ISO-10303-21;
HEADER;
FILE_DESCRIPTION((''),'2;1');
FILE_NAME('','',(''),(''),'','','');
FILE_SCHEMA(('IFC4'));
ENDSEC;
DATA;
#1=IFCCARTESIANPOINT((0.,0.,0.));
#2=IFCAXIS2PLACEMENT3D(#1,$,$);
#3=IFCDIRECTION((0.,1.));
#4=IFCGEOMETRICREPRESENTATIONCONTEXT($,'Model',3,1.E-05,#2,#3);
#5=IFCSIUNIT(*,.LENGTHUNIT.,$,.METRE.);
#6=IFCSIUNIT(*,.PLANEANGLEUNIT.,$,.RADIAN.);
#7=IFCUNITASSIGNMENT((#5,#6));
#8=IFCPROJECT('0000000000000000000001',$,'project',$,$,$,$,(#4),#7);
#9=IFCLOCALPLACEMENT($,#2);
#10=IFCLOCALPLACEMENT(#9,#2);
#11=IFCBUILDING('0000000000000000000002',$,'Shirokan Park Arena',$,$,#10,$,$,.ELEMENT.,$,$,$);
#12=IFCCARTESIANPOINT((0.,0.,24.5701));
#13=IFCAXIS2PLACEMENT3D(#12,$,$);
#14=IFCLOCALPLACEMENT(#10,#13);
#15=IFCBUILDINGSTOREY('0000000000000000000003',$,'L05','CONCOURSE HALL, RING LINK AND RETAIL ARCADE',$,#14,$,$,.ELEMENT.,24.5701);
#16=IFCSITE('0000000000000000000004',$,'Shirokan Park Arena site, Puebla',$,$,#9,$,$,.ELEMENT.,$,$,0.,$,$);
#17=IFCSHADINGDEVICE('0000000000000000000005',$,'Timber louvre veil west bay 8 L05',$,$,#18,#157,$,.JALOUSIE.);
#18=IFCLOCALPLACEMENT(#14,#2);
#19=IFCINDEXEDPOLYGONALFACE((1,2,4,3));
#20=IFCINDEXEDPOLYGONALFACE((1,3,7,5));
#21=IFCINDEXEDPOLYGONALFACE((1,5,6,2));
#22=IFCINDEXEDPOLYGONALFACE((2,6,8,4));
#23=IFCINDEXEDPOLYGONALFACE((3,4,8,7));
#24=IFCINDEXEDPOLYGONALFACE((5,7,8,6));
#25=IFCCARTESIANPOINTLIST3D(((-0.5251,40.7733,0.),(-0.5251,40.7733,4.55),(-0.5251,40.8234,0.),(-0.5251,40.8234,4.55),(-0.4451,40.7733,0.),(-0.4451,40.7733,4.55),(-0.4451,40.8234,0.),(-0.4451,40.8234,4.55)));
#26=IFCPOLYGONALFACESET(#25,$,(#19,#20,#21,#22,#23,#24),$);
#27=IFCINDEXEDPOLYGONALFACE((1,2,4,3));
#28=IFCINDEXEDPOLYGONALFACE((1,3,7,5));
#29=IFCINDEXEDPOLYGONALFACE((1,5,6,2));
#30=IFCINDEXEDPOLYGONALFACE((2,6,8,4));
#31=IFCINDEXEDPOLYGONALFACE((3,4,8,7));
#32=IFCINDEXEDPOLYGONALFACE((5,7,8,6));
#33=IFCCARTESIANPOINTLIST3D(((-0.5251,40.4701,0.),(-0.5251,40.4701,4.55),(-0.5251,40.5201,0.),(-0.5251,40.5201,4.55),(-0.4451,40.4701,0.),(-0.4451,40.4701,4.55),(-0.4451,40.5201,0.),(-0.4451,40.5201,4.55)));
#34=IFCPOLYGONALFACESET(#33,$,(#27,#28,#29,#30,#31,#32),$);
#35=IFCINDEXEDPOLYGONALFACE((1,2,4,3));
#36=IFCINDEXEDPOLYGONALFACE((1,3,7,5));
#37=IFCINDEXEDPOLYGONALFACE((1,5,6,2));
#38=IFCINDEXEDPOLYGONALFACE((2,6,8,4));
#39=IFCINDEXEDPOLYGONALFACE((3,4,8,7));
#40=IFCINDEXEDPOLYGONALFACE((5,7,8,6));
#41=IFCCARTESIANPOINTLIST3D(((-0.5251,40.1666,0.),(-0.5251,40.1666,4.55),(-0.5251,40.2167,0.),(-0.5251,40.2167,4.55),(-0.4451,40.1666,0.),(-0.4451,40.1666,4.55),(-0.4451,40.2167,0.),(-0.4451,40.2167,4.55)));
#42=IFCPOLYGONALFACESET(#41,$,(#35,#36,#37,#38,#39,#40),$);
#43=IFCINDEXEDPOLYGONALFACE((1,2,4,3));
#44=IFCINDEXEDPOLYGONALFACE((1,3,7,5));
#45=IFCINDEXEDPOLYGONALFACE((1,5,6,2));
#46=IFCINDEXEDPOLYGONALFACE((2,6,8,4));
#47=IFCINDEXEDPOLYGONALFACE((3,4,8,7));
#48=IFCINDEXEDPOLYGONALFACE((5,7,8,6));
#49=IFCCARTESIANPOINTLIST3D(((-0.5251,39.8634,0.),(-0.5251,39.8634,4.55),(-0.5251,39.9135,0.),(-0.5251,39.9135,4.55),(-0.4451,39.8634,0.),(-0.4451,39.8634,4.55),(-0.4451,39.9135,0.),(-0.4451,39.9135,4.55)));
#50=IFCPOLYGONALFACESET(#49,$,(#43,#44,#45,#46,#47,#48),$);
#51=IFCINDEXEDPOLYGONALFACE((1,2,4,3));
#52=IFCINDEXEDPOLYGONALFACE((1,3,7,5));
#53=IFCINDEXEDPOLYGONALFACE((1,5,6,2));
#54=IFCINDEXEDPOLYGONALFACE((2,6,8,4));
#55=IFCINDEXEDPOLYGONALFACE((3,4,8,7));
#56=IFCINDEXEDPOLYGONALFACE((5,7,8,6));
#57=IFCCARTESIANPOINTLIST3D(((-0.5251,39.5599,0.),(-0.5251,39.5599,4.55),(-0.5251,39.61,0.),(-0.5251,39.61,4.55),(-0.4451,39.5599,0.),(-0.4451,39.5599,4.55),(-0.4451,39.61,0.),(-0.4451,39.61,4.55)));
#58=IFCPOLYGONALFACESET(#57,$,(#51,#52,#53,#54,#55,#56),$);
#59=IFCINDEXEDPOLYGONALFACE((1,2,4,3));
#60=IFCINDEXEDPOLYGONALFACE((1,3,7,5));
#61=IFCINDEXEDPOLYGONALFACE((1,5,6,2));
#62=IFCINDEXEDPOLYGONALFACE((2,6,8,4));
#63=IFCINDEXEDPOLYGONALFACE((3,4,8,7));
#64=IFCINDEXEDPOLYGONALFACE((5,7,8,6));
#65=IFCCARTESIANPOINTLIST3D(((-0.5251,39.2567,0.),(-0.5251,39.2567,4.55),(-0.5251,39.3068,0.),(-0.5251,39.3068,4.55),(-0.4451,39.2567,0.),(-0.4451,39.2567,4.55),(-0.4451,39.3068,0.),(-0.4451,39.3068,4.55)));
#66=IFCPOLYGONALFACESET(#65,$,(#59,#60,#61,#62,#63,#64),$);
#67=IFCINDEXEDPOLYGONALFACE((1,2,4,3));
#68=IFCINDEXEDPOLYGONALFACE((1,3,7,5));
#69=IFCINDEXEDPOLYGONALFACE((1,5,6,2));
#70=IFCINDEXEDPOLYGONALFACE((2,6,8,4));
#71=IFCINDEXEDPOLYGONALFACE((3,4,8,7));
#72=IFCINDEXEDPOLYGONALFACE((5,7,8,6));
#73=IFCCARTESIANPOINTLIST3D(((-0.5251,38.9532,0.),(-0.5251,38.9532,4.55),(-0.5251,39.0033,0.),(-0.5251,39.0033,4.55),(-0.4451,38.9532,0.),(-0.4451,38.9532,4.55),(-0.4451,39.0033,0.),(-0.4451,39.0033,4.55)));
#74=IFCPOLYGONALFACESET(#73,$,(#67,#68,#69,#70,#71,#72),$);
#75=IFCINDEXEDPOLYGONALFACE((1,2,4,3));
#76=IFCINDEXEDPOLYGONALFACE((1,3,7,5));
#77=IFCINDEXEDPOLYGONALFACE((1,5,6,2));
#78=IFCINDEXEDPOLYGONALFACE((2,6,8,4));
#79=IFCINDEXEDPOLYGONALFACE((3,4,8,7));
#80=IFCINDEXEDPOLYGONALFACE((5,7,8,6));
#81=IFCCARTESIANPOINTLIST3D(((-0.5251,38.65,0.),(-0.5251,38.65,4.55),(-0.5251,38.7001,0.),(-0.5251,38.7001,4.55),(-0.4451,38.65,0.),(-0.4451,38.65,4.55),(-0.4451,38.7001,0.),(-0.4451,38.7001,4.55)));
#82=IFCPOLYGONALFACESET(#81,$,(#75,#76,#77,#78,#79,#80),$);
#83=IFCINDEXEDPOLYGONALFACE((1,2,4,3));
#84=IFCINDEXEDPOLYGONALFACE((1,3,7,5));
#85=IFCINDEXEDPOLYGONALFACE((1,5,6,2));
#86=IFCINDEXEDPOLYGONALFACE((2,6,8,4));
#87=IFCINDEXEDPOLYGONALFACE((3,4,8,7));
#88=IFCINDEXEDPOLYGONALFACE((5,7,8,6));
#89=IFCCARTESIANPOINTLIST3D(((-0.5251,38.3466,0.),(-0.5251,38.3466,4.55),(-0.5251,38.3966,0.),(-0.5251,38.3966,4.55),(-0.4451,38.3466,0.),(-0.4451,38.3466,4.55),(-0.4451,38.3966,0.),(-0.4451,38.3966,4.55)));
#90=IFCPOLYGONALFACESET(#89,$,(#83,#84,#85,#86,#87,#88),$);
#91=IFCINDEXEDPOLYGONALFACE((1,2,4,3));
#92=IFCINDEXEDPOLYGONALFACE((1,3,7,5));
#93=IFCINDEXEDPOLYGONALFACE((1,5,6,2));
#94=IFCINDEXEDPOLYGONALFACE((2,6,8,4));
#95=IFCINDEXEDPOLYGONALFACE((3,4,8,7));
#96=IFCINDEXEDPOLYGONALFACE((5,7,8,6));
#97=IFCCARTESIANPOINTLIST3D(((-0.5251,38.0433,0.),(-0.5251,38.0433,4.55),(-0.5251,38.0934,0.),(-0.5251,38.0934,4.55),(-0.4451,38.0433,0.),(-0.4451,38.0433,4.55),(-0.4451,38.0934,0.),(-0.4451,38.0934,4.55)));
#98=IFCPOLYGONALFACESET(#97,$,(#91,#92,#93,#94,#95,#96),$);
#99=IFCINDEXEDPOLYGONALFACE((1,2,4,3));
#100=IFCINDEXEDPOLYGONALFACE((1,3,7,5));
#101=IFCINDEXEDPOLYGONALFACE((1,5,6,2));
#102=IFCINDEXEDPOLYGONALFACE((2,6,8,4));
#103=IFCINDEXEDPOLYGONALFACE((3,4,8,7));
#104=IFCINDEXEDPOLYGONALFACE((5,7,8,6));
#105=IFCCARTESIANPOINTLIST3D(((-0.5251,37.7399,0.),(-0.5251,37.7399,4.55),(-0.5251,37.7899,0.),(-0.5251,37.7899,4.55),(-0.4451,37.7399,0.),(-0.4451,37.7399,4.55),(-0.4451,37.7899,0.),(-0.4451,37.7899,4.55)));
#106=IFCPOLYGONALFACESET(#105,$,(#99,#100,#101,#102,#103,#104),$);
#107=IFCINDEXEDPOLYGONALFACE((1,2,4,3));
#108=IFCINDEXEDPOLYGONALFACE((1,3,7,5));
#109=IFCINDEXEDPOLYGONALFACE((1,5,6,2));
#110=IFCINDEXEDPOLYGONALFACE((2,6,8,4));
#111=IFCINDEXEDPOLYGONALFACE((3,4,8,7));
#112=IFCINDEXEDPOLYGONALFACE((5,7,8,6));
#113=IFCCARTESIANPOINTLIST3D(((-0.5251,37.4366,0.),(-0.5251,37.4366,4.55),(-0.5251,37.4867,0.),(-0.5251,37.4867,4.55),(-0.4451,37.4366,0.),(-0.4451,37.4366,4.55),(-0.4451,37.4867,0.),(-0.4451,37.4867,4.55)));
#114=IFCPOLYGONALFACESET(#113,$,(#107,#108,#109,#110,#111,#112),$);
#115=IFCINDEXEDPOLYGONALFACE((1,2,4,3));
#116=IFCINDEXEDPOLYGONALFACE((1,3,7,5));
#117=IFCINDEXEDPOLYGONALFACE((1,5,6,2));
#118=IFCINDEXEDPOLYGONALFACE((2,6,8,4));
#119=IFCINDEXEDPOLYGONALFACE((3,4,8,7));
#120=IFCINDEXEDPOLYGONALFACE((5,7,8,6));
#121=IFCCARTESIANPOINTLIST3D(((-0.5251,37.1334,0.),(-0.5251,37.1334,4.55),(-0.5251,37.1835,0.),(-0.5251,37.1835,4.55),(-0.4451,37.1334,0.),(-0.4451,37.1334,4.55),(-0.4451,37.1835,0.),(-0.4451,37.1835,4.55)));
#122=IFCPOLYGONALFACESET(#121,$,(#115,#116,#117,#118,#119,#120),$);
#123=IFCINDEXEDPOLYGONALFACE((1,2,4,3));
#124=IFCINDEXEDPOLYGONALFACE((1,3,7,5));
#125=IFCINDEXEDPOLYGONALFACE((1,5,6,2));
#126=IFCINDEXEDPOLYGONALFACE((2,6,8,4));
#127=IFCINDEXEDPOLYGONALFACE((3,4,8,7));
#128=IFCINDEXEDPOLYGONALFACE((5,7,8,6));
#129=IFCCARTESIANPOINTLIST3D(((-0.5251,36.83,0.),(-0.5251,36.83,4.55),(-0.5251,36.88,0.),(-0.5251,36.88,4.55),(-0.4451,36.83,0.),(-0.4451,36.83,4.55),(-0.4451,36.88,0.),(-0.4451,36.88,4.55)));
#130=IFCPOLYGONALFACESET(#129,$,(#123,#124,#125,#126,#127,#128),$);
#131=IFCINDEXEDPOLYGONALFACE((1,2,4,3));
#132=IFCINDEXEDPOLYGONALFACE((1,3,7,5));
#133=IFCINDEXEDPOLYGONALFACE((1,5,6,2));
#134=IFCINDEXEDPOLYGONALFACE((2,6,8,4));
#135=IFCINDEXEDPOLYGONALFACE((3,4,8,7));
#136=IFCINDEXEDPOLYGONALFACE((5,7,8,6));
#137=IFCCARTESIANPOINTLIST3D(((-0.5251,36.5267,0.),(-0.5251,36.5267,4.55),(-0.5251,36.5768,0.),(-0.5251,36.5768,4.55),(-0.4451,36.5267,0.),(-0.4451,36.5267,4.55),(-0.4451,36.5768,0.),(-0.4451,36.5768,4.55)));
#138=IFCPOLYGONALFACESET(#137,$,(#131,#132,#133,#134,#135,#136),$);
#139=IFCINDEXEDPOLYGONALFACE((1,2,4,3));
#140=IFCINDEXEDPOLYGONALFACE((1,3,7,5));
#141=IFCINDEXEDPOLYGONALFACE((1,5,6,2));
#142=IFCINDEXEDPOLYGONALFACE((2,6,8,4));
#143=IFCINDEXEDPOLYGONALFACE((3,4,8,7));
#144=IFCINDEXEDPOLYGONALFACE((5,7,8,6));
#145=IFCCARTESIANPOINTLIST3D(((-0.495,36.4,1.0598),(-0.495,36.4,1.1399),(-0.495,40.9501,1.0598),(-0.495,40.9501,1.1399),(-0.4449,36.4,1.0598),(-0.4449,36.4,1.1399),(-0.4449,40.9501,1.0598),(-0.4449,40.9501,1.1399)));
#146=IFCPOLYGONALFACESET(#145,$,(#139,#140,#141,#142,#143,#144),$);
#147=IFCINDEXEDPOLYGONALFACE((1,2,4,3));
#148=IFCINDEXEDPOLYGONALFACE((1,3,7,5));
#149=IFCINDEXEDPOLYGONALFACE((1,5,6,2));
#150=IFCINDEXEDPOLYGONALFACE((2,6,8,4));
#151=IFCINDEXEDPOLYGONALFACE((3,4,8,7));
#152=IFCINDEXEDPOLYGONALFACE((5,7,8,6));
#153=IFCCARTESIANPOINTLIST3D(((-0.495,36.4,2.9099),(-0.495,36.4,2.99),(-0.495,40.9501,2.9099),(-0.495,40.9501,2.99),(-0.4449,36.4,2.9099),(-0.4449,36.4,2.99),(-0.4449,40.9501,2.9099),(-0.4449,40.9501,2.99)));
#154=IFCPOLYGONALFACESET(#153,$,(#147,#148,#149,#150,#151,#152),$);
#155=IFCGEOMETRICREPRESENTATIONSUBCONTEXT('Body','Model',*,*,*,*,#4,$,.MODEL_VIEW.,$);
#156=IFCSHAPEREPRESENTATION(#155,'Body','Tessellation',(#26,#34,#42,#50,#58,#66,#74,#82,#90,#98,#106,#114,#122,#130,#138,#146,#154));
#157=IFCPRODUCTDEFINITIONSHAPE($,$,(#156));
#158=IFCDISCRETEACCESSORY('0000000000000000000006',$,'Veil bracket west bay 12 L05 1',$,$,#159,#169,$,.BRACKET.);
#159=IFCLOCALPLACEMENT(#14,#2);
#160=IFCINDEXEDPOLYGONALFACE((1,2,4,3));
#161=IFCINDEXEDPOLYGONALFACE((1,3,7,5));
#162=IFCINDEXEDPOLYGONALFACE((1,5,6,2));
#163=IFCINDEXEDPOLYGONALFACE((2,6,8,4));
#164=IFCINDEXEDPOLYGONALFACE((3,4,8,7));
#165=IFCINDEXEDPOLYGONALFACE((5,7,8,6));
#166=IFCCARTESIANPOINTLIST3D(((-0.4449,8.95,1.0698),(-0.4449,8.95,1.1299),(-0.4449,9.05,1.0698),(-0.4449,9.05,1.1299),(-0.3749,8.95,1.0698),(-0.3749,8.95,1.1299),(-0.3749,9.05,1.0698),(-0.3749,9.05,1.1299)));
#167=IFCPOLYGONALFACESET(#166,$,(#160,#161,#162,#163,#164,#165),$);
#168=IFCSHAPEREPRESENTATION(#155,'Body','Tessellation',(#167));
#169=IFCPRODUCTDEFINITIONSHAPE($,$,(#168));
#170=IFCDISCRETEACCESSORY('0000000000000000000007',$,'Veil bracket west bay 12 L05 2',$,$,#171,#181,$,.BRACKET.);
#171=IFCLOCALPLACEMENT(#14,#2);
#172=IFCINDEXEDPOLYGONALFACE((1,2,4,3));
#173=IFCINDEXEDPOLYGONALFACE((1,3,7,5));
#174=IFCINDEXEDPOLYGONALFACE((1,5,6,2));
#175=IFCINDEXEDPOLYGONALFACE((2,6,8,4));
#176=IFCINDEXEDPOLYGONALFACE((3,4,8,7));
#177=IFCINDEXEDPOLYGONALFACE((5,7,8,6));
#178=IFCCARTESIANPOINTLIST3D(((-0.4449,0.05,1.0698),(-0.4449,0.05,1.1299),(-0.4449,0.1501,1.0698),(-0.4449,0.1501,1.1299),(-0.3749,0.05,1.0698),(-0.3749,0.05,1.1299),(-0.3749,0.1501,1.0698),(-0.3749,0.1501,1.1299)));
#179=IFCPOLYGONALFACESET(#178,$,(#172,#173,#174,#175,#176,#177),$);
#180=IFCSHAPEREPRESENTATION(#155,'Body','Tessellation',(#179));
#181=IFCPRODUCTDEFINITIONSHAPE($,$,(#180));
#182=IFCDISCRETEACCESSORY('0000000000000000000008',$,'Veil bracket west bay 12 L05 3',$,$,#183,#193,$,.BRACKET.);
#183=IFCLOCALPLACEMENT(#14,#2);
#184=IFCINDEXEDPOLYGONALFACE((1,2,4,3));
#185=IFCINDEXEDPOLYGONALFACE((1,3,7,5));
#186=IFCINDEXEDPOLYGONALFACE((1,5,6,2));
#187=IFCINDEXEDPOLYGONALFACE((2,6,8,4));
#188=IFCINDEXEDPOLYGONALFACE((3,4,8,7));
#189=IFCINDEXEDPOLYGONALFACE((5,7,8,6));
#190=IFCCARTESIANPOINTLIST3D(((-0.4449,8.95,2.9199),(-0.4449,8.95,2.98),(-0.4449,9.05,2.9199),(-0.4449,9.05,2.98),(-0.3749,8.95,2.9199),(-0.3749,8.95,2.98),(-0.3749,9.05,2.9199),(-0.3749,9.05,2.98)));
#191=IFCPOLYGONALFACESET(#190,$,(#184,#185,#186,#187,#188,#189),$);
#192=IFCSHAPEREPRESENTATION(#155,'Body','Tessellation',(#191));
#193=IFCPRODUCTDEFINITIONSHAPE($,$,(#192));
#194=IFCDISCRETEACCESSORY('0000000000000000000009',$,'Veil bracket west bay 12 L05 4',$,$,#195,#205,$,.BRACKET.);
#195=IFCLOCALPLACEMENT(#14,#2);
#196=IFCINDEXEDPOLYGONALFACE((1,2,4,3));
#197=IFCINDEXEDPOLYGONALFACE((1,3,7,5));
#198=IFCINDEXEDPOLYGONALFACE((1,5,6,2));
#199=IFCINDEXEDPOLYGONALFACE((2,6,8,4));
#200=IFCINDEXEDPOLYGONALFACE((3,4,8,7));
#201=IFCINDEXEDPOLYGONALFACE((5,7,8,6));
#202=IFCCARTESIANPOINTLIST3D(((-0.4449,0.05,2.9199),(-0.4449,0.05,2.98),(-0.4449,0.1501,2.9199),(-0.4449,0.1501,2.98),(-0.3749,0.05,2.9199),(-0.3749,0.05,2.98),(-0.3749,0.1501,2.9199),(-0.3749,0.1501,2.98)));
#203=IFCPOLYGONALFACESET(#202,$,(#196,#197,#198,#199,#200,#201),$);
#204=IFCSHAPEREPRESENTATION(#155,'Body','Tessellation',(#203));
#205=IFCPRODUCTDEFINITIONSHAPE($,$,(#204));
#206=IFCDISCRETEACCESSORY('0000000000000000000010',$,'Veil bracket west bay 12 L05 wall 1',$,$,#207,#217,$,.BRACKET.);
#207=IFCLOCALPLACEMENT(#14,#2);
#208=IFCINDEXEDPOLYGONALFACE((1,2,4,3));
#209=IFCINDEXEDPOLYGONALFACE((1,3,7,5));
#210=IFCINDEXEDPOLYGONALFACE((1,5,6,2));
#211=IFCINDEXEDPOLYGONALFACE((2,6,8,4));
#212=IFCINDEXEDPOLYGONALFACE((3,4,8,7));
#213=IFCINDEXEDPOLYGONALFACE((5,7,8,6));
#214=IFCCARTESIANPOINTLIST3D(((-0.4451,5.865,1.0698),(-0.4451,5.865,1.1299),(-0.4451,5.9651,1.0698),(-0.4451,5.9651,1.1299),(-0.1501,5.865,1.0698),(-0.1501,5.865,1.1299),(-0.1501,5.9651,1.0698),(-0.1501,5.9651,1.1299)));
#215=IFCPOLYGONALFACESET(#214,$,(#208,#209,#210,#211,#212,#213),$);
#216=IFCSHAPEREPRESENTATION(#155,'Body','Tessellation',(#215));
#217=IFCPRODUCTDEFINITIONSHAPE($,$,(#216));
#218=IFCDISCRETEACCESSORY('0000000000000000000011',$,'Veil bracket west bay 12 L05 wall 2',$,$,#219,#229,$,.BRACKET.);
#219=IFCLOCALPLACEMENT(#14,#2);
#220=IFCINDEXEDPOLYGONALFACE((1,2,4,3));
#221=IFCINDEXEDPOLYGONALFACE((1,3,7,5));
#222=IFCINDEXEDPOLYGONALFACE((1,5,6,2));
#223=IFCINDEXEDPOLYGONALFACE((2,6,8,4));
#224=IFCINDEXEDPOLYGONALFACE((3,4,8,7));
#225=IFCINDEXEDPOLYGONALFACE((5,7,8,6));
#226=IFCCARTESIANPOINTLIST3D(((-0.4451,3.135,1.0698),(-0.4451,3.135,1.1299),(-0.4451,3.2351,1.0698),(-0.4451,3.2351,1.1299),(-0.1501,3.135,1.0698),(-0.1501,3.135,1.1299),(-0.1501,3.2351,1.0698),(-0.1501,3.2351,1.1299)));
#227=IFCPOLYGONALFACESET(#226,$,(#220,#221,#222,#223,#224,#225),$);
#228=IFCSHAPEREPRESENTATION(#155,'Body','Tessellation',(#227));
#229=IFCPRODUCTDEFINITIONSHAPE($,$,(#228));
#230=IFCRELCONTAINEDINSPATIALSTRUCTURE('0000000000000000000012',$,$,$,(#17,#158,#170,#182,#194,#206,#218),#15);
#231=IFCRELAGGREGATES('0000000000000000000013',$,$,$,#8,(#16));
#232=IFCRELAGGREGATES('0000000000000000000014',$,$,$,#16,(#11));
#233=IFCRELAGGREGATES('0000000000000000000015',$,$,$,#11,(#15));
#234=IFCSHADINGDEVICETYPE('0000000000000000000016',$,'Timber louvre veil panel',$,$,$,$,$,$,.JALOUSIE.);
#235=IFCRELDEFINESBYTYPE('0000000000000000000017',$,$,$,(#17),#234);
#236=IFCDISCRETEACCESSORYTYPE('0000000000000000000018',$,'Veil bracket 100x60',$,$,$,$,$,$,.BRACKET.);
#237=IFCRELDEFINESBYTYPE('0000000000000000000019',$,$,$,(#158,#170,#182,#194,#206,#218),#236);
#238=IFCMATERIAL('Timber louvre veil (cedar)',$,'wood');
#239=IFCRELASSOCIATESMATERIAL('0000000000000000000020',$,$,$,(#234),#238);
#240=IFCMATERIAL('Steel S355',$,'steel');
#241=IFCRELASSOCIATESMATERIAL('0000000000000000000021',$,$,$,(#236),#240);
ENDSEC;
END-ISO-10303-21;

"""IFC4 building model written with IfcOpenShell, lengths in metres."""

from ifc_helpers import new_model, si_unit, direction, frame, origin, origin_2d, place, context, subcontext, project, spatial, rectangle, extrude, material, type_object, element, save


model = new_model("IFC4")

# Units and contexts
model_context = context("Model", 3, precision=1e-05, world=origin(), true_north=direction((0.0, 1.0)))
body_context = subcontext(model_context, "Body", "Model", "MODEL_VIEW")
ifc_project = project(units=[si_unit("LENGTHUNIT", "METRE"), si_unit("PLANEANGLEUNIT", "RADIAN")], contexts=[model_context])

# Site, building, storey
site_placement = place(None, origin())
site = spatial("IfcSite", under=ifc_project, at=site_placement, Name="Shirokan Park Arena site, Puebla", CompositionType="ELEMENT", RefElevation=0.0)
building_placement = place(site_placement, origin())
building = spatial("IfcBuilding", under=site, at=building_placement, Name="Shirokan Park Arena", CompositionType="ELEMENT")
storey_placement = place(building_placement, frame((0.0, 0.0, 24.5701)))
storey = spatial("IfcBuildingStorey", under=building, at=storey_placement, Name="L05", Description="CONCOURSE HALL, RING LINK AND RETAIL ARCADE", CompositionType="ELEMENT", Elevation=24.5701)

# Shading device
ifc_material_1 = material(Name="Timber louvre veil (cedar)", Category="wood")
shading_device_type = type_object("IfcShadingDeviceType", Name="Timber louvre veil panel", PredefinedType="JALOUSIE", material=ifc_material_1)
shading_device_1_placement = place(storey_placement, origin())
element("IfcShadingDevice", 1, at=shading_device_1_placement, inside=storey, type_object=shading_device_type, Name="Timber louvre veil west bay 8 L05", PredefinedType="JALOUSIE", context=body_context, shape_type="SweptSolid", body=[
    extrude(rectangle(XDim=0.05, YDim=0.0801, at=origin_2d()), frame((-0.4851, 40.7983, 0.0), z_axis=(0.0, 0.0, 1.0), x_axis=(0.0, -1.0, 0.0)), (0.0, 0.0, 1.0), 4.55),
    extrude(rectangle(XDim=0.05, YDim=0.0801, at=origin_2d()), frame((-0.4851, 40.4951, 0.0), z_axis=(0.0, 0.0, 1.0), x_axis=(0.0, -1.0, 0.0)), (0.0, 0.0, 1.0), 4.55),
    extrude(rectangle(XDim=0.05, YDim=0.0801, at=origin_2d()), frame((-0.4851, 40.1917, 0.0), z_axis=(0.0, 0.0, 1.0), x_axis=(0.0, -1.0, 0.0)), (0.0, 0.0, 1.0), 4.55),
    extrude(rectangle(XDim=0.05, YDim=0.0801, at=origin_2d()), frame((-0.4851, 39.8884, 0.0), z_axis=(0.0, 0.0, 1.0), x_axis=(0.0, -1.0, 0.0)), (0.0, 0.0, 1.0), 4.55),
    extrude(rectangle(XDim=0.05, YDim=0.0801, at=origin_2d()), frame((-0.4851, 39.585, 0.0), z_axis=(0.0, 0.0, 1.0), x_axis=(0.0, -1.0, 0.0)), (0.0, 0.0, 1.0), 4.55),
    extrude(rectangle(XDim=0.05, YDim=0.0801, at=origin_2d()), frame((-0.4851, 39.2817, 0.0), z_axis=(0.0, 0.0, 1.0), x_axis=(0.0, -1.0, 0.0)), (0.0, 0.0, 1.0), 4.55),
    extrude(rectangle(XDim=0.05, YDim=0.0801, at=origin_2d()), frame((-0.4851, 38.9783, 0.0), z_axis=(0.0, 0.0, 1.0), x_axis=(0.0, -1.0, 0.0)), (0.0, 0.0, 1.0), 4.55),
    extrude(rectangle(XDim=0.05, YDim=0.0801, at=origin_2d()), frame((-0.4851, 38.675, 0.0), z_axis=(0.0, 0.0, 1.0), x_axis=(0.0, -1.0, 0.0)), (0.0, 0.0, 1.0), 4.55),
    extrude(rectangle(XDim=0.05, YDim=0.0801, at=origin_2d()), frame((-0.4851, 38.3716, 0.0), z_axis=(0.0, 0.0, 1.0), x_axis=(0.0, -1.0, 0.0)), (0.0, 0.0, 1.0), 4.55),
    extrude(rectangle(XDim=0.05, YDim=0.0801, at=origin_2d()), frame((-0.4851, 38.0684, 0.0), z_axis=(0.0, 0.0, 1.0), x_axis=(0.0, -1.0, 0.0)), (0.0, 0.0, 1.0), 4.55),
    extrude(rectangle(XDim=0.05, YDim=0.0801, at=origin_2d()), frame((-0.4851, 37.7649, 0.0), z_axis=(0.0, 0.0, 1.0), x_axis=(0.0, -1.0, 0.0)), (0.0, 0.0, 1.0), 4.55),
    extrude(rectangle(XDim=0.05, YDim=0.0801, at=origin_2d()), frame((-0.4851, 37.4617, 0.0), z_axis=(0.0, 0.0, 1.0), x_axis=(0.0, -1.0, 0.0)), (0.0, 0.0, 1.0), 4.55),
    extrude(rectangle(XDim=0.05, YDim=0.0801, at=origin_2d()), frame((-0.4851, 37.1584, 0.0), z_axis=(0.0, 0.0, 1.0), x_axis=(0.0, -1.0, 0.0)), (0.0, 0.0, 1.0), 4.55),
    extrude(rectangle(XDim=0.05, YDim=0.0801, at=origin_2d()), frame((-0.4851, 36.855, 0.0), z_axis=(0.0, 0.0, 1.0), x_axis=(0.0, -1.0, 0.0)), (0.0, 0.0, 1.0), 4.55),
    extrude(rectangle(XDim=0.05, YDim=0.0801, at=origin_2d()), frame((-0.4851, 36.5518, 0.0), z_axis=(0.0, 0.0, 1.0), x_axis=(0.0, -1.0, 0.0)), (0.0, 0.0, 1.0), 4.55),
    extrude(rectangle(XDim=4.55, YDim=0.05, at=origin_2d()), frame((-0.47, 38.675, 1.0598), z_axis=(0.0, 0.0, 1.0), x_axis=(0.0, -1.0, 0.0)), (0.0, 0.0, 1.0), 0.0801),
    extrude(rectangle(XDim=4.55, YDim=0.05, at=origin_2d()), frame((-0.47, 38.675, 2.9099), z_axis=(0.0, 0.0, 1.0), x_axis=(0.0, -1.0, 0.0)), (0.0, 0.0, 1.0), 0.0801),
])

# Discrete accessories
ifc_material_2 = material(Name="Steel S355", Category="steel")
discrete_accessory_type = type_object("IfcDiscreteAccessoryType", Name="Veil bracket 100x60", PredefinedType="BRACKET", material=ifc_material_2)
for number, where, z_axis, x_axis, name in (
    (2, (-0.4099, 9.0, 1.0698), (0.0, 0.0, 1.0), (0.0, -1.0, 0.0), "Veil bracket west bay 12 L05 1"),
    (3, (-0.4099, 0.1001, 1.0698), (0.0, 0.0, 1.0), (0.0, -1.0, 0.0), "Veil bracket west bay 12 L05 2"),
    (4, (-0.4099, 9.0, 2.9199), (0.0, 0.0, 1.0), (0.0, -1.0, 0.0), "Veil bracket west bay 12 L05 3"),
    (5, (-0.4099, 0.1001, 2.9199), (0.0, 0.0, 1.0), (0.0, -1.0, 0.0), "Veil bracket west bay 12 L05 4"),
):
    element("IfcDiscreteAccessory", number, at=place(storey_placement, frame(where, z_axis=z_axis, x_axis=x_axis)), inside=storey, type_object=discrete_accessory_type, Name=name, PredefinedType="BRACKET", context=body_context, shape_type="SweptSolid", body=[
        extrude(rectangle(XDim=0.1001, YDim=0.0701, at=origin_2d()), origin(), (0.0, 0.0, 1.0), 0.0601),
    ])
for number, where, z_axis, x_axis, name in (
    (6, (-0.2976, 5.915, 1.0698), (0.0, 0.0, 1.0), (0.0, -1.0, 0.0), "Veil bracket west bay 12 L05 wall 1"),
    (7, (-0.2976, 3.1851, 1.0698), (0.0, 0.0, 1.0), (0.0, -1.0, 0.0), "Veil bracket west bay 12 L05 wall 2"),
):
    element("IfcDiscreteAccessory", number, at=place(storey_placement, frame(where, z_axis=z_axis, x_axis=x_axis)), inside=storey, type_object=discrete_accessory_type, Name=name, PredefinedType="BRACKET", context=body_context, shape_type="SweptSolid", body=[
        extrude(rectangle(XDim=0.1001, YDim=0.2949, at=origin_2d()), origin(), (0.0, 0.0, 1.0), 0.0601),
    ])

save(model, "model.ifc")
